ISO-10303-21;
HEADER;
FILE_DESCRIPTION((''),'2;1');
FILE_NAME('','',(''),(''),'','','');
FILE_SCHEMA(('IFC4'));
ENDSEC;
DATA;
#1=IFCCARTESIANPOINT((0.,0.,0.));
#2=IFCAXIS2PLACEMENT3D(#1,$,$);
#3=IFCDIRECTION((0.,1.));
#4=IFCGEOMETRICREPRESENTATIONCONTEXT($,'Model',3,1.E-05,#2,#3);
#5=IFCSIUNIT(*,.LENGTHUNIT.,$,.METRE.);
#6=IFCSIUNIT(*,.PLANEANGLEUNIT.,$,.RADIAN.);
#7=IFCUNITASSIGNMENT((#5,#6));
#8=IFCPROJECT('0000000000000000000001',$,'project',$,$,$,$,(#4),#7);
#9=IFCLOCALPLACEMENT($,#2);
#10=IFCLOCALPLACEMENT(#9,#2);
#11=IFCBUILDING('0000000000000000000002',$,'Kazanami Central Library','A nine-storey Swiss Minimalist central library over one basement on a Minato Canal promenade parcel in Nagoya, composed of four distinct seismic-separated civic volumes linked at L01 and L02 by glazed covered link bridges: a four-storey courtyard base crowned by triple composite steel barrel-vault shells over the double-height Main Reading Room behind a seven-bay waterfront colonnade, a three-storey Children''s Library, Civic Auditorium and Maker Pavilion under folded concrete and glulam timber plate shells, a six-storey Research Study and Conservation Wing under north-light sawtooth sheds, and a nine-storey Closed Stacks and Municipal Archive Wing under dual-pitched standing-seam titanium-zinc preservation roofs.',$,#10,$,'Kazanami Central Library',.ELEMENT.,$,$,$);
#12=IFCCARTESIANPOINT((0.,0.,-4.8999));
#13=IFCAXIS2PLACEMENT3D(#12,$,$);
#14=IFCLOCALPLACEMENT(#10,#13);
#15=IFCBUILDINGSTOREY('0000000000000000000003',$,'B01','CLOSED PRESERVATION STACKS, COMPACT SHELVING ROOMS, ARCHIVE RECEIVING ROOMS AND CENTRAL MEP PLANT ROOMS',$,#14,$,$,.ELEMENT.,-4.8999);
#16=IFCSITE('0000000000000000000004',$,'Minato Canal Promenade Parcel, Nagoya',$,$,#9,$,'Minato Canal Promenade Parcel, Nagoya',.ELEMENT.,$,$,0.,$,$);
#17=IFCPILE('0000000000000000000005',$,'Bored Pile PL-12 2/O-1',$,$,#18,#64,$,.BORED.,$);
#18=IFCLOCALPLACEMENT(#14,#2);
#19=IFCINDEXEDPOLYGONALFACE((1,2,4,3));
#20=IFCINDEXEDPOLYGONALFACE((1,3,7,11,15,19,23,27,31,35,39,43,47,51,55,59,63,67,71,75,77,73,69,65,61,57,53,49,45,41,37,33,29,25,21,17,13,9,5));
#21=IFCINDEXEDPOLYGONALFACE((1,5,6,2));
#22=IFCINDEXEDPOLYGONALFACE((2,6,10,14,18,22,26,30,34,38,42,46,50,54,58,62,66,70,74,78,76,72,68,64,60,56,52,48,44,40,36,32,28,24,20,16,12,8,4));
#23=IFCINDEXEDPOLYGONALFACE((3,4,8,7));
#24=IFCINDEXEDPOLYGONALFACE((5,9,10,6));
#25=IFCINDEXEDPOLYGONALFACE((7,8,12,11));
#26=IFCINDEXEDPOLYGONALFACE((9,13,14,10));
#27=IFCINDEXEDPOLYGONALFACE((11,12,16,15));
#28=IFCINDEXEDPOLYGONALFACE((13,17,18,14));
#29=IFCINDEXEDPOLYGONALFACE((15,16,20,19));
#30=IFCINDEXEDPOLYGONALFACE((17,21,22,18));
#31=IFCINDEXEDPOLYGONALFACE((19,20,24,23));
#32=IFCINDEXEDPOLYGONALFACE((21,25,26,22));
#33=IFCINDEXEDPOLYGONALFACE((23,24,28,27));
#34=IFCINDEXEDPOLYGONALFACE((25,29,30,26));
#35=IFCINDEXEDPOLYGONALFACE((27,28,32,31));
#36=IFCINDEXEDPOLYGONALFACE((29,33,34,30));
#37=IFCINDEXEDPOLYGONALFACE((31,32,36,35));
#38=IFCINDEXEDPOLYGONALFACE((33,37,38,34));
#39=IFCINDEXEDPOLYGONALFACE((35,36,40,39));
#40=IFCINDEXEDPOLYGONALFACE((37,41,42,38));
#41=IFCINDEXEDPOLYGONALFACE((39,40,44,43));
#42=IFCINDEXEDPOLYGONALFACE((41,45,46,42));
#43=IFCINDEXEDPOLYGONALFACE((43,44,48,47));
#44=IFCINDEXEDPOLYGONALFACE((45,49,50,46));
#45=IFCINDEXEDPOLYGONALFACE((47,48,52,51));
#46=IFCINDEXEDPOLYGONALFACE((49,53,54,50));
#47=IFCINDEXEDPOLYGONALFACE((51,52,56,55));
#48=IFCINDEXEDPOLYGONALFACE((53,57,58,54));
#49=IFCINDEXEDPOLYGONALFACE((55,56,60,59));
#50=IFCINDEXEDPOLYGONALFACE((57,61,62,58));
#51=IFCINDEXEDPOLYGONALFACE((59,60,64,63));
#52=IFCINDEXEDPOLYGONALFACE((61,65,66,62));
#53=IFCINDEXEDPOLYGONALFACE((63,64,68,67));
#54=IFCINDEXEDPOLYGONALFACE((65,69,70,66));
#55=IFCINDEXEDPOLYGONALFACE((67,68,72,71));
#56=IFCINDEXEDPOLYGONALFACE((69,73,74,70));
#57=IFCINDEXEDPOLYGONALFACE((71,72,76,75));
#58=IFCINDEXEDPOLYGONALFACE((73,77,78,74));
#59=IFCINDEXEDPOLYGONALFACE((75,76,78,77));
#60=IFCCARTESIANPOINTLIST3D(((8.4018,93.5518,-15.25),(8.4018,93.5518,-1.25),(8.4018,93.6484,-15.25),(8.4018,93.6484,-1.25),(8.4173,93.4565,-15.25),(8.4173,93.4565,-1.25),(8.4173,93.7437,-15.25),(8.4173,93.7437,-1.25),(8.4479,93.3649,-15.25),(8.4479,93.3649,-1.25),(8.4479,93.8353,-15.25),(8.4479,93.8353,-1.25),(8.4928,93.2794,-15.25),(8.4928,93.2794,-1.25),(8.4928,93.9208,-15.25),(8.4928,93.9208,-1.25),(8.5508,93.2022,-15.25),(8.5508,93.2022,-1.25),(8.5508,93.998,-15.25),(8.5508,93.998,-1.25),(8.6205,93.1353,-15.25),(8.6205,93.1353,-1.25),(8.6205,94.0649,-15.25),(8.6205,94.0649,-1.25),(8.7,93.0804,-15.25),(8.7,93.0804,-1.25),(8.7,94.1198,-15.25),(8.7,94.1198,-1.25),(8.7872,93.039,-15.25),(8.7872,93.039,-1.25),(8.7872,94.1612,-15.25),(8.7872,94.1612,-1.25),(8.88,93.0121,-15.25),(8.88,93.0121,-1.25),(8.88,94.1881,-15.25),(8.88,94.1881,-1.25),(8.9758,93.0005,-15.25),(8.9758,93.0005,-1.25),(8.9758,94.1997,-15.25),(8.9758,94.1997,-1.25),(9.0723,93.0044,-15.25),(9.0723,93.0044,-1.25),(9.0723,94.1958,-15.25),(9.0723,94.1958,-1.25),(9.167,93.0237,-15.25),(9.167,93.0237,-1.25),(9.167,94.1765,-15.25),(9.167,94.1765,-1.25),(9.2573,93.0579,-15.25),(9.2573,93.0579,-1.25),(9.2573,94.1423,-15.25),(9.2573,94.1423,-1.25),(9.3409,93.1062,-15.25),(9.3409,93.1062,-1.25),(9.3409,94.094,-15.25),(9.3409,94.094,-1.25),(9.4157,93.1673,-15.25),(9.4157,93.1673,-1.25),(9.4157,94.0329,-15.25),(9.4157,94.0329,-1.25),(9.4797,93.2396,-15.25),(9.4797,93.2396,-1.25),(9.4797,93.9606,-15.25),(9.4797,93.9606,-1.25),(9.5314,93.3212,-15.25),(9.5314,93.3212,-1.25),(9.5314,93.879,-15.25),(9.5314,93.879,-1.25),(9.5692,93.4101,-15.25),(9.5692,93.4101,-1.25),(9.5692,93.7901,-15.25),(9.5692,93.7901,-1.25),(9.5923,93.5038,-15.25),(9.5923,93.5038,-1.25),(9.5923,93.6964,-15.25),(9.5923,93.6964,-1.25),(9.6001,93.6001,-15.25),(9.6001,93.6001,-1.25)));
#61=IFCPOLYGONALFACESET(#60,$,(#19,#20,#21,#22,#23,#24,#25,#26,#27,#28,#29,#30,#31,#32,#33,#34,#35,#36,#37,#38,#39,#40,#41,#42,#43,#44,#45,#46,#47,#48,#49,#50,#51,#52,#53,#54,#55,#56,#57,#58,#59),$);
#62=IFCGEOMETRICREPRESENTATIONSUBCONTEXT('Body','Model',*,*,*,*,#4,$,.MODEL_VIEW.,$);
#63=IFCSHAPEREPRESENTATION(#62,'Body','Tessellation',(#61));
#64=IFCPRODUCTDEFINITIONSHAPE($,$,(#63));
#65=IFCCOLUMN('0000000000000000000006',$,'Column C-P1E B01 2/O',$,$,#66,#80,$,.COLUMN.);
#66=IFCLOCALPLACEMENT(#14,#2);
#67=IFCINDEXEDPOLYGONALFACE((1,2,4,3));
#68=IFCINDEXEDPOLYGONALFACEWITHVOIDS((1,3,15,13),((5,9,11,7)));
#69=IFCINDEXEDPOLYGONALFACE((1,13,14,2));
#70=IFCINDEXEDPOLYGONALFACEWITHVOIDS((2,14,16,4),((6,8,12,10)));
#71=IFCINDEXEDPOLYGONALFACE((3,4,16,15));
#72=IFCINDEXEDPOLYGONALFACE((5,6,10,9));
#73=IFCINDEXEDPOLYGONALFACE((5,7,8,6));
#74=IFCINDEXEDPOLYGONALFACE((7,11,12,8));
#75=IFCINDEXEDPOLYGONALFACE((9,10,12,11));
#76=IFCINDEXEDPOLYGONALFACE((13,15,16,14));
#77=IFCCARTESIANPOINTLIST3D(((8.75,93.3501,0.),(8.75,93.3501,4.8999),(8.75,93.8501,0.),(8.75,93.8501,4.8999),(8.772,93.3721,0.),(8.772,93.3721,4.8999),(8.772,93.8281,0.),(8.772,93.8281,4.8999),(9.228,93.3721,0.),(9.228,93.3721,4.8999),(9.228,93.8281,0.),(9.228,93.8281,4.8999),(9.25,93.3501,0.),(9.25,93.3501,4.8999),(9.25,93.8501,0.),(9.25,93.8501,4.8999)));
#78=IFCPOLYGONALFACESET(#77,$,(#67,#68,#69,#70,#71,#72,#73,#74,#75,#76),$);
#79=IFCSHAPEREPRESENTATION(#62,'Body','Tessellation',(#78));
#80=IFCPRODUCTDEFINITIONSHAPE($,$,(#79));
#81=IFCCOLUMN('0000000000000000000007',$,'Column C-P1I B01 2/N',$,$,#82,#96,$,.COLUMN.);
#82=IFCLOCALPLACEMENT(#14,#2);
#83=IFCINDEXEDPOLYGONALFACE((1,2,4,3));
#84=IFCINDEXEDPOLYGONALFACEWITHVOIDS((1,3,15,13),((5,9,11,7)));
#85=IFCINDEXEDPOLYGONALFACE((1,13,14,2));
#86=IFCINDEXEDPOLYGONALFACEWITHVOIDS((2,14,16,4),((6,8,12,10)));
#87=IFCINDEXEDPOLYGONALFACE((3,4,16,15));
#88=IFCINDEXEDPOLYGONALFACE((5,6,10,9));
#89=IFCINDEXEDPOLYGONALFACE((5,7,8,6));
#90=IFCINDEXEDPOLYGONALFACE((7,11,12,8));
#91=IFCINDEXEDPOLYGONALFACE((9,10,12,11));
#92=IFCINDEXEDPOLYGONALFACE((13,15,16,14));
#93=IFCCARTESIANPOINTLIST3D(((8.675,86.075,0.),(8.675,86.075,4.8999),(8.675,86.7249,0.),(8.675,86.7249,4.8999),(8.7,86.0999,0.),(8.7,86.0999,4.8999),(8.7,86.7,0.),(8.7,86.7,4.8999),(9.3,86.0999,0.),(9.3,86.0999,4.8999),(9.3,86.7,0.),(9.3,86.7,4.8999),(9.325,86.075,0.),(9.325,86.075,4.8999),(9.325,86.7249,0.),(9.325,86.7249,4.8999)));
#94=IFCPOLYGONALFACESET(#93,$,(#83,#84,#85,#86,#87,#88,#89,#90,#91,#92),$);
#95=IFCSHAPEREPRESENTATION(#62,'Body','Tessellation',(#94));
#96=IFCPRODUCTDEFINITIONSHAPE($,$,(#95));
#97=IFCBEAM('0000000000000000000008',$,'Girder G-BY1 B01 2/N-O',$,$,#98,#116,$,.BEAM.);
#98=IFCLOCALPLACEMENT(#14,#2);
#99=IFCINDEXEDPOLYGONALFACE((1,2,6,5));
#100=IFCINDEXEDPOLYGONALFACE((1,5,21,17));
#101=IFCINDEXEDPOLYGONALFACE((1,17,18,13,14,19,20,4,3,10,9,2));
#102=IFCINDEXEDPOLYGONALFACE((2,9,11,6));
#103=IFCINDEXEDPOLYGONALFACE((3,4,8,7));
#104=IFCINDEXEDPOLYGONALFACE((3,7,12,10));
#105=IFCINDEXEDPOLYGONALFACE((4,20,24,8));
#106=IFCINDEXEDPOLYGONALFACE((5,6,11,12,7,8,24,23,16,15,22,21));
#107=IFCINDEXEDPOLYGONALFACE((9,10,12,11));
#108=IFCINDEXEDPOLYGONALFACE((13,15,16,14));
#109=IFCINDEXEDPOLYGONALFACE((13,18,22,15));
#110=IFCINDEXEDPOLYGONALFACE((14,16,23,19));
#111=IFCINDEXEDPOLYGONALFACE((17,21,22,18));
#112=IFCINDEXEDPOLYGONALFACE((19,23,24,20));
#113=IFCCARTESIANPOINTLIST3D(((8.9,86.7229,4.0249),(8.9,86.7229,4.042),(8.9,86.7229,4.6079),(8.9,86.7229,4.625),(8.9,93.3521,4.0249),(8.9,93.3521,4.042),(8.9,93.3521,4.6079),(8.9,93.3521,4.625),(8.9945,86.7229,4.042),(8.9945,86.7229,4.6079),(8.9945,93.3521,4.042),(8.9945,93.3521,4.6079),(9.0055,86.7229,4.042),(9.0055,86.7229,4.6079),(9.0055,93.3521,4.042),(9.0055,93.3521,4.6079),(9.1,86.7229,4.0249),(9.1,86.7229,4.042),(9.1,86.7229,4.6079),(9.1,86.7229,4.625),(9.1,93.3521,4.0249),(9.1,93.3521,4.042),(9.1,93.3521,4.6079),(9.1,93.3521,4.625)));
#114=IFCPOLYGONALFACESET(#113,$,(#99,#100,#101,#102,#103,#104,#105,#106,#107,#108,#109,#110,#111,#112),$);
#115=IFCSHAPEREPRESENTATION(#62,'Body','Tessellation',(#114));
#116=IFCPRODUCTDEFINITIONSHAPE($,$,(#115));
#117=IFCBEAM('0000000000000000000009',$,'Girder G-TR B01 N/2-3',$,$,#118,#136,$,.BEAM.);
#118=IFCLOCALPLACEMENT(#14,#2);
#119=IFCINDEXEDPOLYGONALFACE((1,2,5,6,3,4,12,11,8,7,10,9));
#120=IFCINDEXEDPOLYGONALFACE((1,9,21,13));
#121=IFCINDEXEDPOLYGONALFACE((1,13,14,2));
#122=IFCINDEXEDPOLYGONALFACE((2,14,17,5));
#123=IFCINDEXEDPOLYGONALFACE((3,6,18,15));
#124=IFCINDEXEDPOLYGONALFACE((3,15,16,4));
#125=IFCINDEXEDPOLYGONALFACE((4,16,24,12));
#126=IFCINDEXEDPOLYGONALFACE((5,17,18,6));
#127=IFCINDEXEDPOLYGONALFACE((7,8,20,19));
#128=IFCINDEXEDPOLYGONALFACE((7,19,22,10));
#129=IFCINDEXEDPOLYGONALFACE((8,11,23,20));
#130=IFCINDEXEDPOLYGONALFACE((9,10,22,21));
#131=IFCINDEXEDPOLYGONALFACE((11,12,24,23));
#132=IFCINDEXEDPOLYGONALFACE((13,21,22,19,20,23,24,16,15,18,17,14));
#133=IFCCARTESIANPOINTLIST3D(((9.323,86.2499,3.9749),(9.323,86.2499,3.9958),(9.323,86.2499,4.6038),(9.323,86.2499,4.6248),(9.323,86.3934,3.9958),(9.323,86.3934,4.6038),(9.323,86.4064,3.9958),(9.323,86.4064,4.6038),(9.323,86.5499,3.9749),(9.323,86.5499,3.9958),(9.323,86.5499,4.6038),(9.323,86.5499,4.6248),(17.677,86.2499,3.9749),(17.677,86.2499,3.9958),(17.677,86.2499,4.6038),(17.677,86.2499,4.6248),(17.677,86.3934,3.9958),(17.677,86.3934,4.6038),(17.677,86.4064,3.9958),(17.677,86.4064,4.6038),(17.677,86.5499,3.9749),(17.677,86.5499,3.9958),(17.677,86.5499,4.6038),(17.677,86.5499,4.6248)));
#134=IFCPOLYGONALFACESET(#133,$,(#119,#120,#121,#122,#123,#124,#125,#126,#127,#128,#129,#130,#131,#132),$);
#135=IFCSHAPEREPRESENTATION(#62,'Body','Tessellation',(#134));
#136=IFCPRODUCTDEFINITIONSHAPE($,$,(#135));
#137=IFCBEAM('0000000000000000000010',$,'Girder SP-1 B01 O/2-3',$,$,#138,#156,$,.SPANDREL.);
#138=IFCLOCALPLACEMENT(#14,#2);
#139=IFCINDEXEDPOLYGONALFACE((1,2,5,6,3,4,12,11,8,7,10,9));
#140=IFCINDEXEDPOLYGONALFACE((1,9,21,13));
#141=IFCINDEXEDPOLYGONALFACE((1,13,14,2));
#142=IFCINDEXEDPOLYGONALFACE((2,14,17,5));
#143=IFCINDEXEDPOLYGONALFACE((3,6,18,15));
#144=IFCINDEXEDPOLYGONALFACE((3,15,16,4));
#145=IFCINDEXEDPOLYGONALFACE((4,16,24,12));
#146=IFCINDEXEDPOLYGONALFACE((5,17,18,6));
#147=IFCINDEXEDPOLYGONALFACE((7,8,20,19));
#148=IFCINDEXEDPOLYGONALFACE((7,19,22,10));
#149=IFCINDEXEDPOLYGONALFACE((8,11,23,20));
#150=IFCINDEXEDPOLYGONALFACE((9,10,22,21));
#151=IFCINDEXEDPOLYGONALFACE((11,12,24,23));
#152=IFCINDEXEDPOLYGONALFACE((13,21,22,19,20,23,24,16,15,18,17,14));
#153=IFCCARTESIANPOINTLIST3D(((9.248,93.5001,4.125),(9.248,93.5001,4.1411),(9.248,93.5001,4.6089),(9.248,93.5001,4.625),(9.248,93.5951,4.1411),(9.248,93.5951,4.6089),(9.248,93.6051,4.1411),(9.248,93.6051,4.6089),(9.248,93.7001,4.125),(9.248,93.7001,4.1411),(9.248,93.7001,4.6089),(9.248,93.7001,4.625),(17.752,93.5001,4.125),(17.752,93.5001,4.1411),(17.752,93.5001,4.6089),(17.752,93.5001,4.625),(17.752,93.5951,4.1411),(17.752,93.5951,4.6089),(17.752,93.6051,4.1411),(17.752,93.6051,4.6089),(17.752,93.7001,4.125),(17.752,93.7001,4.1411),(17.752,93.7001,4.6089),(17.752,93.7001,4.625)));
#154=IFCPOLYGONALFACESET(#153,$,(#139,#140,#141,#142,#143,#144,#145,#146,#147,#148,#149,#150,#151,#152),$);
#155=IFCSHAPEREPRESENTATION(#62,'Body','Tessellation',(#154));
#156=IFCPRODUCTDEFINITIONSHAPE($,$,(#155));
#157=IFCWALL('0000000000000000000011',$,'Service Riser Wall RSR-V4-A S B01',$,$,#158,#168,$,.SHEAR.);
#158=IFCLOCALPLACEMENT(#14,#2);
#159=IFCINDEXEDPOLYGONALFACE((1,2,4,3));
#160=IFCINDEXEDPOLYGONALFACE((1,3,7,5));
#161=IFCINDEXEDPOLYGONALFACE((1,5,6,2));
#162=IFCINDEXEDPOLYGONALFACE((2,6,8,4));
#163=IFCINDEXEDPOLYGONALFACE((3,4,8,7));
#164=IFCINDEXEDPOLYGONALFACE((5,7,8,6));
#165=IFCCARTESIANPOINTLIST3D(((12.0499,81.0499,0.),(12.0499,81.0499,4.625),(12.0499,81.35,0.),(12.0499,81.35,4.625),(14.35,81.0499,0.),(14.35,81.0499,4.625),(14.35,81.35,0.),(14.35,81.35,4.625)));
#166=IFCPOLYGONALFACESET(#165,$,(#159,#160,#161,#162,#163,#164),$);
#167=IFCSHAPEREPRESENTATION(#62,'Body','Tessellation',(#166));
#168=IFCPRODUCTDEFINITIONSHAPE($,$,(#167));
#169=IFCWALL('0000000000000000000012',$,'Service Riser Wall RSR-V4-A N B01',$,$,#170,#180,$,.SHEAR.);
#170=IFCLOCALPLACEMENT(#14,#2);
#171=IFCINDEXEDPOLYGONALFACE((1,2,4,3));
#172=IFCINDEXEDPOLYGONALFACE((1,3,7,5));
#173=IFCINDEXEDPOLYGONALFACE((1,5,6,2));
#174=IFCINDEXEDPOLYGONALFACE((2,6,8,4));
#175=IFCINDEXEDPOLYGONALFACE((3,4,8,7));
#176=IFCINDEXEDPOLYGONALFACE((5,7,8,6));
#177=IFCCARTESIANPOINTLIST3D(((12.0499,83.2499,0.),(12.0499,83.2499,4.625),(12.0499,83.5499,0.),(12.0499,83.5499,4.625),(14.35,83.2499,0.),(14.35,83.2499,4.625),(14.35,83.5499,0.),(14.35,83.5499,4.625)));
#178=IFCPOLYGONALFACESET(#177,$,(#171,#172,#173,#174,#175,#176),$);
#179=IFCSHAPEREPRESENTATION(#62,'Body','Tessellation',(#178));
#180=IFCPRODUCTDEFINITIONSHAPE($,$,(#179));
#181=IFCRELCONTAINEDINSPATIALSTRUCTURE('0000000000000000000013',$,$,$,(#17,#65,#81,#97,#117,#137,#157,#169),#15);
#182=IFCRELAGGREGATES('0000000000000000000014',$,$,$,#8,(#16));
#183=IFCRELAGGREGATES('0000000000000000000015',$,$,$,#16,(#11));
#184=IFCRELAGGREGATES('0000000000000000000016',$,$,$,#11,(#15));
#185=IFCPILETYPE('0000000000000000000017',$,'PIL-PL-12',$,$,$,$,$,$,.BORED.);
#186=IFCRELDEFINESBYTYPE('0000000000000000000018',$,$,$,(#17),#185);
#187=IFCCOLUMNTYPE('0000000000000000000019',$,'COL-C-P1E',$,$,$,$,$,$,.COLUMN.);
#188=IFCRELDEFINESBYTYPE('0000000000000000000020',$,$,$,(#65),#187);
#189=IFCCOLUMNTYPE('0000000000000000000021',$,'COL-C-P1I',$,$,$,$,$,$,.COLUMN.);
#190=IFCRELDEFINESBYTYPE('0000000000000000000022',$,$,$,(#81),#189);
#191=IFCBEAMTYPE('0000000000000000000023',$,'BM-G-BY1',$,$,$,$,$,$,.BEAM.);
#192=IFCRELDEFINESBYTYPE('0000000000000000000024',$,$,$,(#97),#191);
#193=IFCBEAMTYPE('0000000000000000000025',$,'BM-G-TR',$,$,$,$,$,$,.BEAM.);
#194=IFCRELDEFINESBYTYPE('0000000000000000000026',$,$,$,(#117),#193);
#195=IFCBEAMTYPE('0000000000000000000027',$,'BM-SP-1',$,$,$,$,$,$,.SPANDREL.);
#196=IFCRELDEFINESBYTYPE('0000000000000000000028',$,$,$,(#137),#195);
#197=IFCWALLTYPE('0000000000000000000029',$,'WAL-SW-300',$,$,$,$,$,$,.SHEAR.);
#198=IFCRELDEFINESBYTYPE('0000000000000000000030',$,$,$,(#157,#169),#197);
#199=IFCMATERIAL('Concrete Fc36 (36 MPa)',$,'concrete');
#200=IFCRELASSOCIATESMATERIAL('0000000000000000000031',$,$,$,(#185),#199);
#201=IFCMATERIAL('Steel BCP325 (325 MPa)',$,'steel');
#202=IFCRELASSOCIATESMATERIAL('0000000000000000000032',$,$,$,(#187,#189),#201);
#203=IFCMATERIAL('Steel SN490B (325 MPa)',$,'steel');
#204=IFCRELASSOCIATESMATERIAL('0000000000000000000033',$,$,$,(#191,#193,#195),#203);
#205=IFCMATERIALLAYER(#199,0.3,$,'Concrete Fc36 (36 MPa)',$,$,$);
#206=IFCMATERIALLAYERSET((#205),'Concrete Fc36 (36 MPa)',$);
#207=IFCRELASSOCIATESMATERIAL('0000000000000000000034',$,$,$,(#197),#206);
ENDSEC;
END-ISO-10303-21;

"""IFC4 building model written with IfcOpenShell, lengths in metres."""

from ifc_helpers import new_model, si_unit, direction, frame, frame_2d, origin, origin_2d, place, context, subcontext, project, spatial, rectangle, hollow_rectangle, circle, i_section, extrude, material, layer, layer_set, material_profile, profile_set, type_object, element, save


model = new_model("IFC4")

# Units and contexts
model_context = context("Model", 3, precision=1e-05, world=origin(), true_north=direction((0.0, 1.0)))
body_context = subcontext(model_context, "Body", "Model", "MODEL_VIEW")
ifc_project = project(units=[si_unit("LENGTHUNIT", "METRE"), si_unit("PLANEANGLEUNIT", "RADIAN")], contexts=[model_context])

# Site, building, storey
site_placement = place(None, origin())
site = spatial("IfcSite", under=ifc_project, at=site_placement, Name="Minato Canal Promenade Parcel, Nagoya", LongName="Minato Canal Promenade Parcel, Nagoya", CompositionType="ELEMENT", RefElevation=0.0)
building_placement = place(site_placement, origin())
building = spatial("IfcBuilding", under=site, at=building_placement, Name="Kazanami Central Library", Description="A nine-storey Swiss Minimalist central library over one basement on a Minato Canal promenade parcel in Nagoya, composed of four distinct seismic-separated civic volumes linked at L01 and L02 by glazed covered link bridges: a four-storey courtyard base crowned by triple composite steel barrel-vault shells over the double-height Main Reading Room behind a seven-bay waterfront colonnade, a three-storey Children's Library, Civic Auditorium and Maker Pavilion under folded concrete and glulam timber plate shells, a six-storey Research Study and Conservation Wing under north-light sawtooth sheds, and a nine-storey Closed Stacks and Municipal Archive Wing under dual-pitched standing-seam titanium-zinc preservation roofs.", LongName="Kazanami Central Library", CompositionType="ELEMENT")
storey_placement = place(building_placement, frame((0.0, 0.0, -4.8999)))
storey = spatial("IfcBuildingStorey", under=building, at=storey_placement, Name="B01", Description="CLOSED PRESERVATION STACKS, COMPACT SHELVING ROOMS, ARCHIVE RECEIVING ROOMS AND CENTRAL MEP PLANT ROOMS", CompositionType="ELEMENT", Elevation=-4.8999)

# Shared definitions
ifc_material_1 = material(Name="Concrete Fc36 (36 MPa)", Category="concrete")

# Pile
ifc_material_profile_1 = material_profile(ifc_material_1, circle(Radius=0.6001, at=origin_2d()), Name="BORED-D1200")
ifc_profile_set_1 = profile_set([ifc_material_profile_1], Name="Concrete Fc36 (36 MPa)")
pile_type = type_object("IfcPileType", Name="PIL-PL-12", PredefinedType="BORED", material=ifc_profile_set_1)
pile_placement = place(storey_placement, frame((9.0, 93.6001, -1.25), z_axis=(0.0, 0.0, -1.0), x_axis=(1.0, 0.0, 0.0)))
element("IfcPile", 1, at=pile_placement, inside=storey, type_object=pile_type, Name="Bored Pile PL-12 2/O-1", PredefinedType="BORED", context=body_context, shape_type="SweptSolid", body=[
    extrude(circle(Radius=0.6001, at=origin_2d()), origin(), (0.0, 0.0, 1.0), 14.0),
])

# Columns
ifc_material_2 = material(Name="Steel BCP325 (325 MPa)", Category="steel")
ifc_material_profile_2 = material_profile(ifc_material_2, hollow_rectangle(XDim=0.5, YDim=0.5, WallThickness=0.022, at=origin_2d()), Name="BCP-500x500x22")
ifc_profile_set_2 = profile_set([ifc_material_profile_2], Name="Steel BCP325 (325 MPa)")
column_type_1 = type_object("IfcColumnType", Name="COL-C-P1E", PredefinedType="COLUMN", material=ifc_profile_set_2)
column_1_placement = place(storey_placement, frame((9.0, 93.6001, 0.0), z_axis=(0.0, 0.0, 1.0), x_axis=(1.0, 0.0, 0.0)))
element("IfcColumn", 2, at=column_1_placement, inside=storey, type_object=column_type_1, Name="Column C-P1E B01 2/O", PredefinedType="COLUMN", context=body_context, shape_type="SweptSolid", body=[
    extrude(hollow_rectangle(XDim=0.5, YDim=0.5, WallThickness=0.022, at=origin_2d()), origin(), (0.0, 0.0, 1.0), 4.8999),
])
ifc_material_profile_3 = material_profile(ifc_material_2, hollow_rectangle(XDim=0.6499, YDim=0.6499, WallThickness=0.0249, at=origin_2d()), Name="BCP-650x650x25")
ifc_profile_set_3 = profile_set([ifc_material_profile_3], Name="Steel BCP325 (325 MPa)")
column_type_2 = type_object("IfcColumnType", Name="COL-C-P1I", PredefinedType="COLUMN", material=ifc_profile_set_3)
column_2_placement = place(storey_placement, frame((9.0, 86.3999, 0.0), z_axis=(0.0, 0.0, 1.0), x_axis=(1.0, 0.0, 0.0)))
element("IfcColumn", 3, at=column_2_placement, inside=storey, type_object=column_type_2, Name="Column C-P1I B01 2/N", PredefinedType="COLUMN", context=body_context, shape_type="SweptSolid", body=[
    extrude(hollow_rectangle(XDim=0.6499, YDim=0.6499, WallThickness=0.0249, at=origin_2d()), origin(), (0.0, 0.0, 1.0), 4.8999),
])

# Beams
ifc_material_3 = material(Name="Steel SN490B (325 MPa)", Category="steel")
ifc_material_profile_4 = material_profile(ifc_material_3, i_section(OverallWidth=0.2, OverallDepth=0.6001, WebThickness=0.011, FlangeThickness=0.0171, at=origin_2d()), Name="H-600x200x11x17")
ifc_profile_set_4 = profile_set([ifc_material_profile_4], Name="Steel SN490B (325 MPa)")
beam_type_1 = type_object("IfcBeamType", Name="BM-G-BY1", PredefinedType="BEAM", material=ifc_profile_set_4)
beam_1_placement = place(storey_placement, frame((9.0, 86.7229, 4.325), z_axis=(0.0, 1.0, 0.0), x_axis=(-1.0, 0.0, 0.0)))
element("IfcBeam", 4, at=beam_1_placement, inside=storey, type_object=beam_type_1, Name="Girder G-BY1 B01 2/N-O", PredefinedType="BEAM", context=body_context, shape_type="SweptSolid", body=[
    extrude(i_section(OverallWidth=0.2, OverallDepth=0.6001, WebThickness=0.011, FlangeThickness=0.0171, at=origin_2d()), origin(), (0.0, 0.0, 1.0), 6.6292),
])
ifc_material_profile_5 = material_profile(ifc_material_3, i_section(OverallWidth=0.3, OverallDepth=0.6499, WebThickness=0.0129, FlangeThickness=0.021, at=origin_2d()), Name="H-650x300x13x21")
ifc_profile_set_5 = profile_set([ifc_material_profile_5], Name="Steel SN490B (325 MPa)")
beam_type_2 = type_object("IfcBeamType", Name="BM-G-TR", PredefinedType="BEAM", material=ifc_profile_set_5)
beam_2_placement = place(storey_placement, frame((9.323, 86.3999, 4.2998), z_axis=(1.0, 0.0, 0.0), x_axis=(0.0, 1.0, 0.0)))
element("IfcBeam", 5, at=beam_2_placement, inside=storey, type_object=beam_type_2, Name="Girder G-TR B01 N/2-3", PredefinedType="BEAM", context=body_context, shape_type="SweptSolid", body=[
    extrude(i_section(OverallWidth=0.3, OverallDepth=0.6499, WebThickness=0.0129, FlangeThickness=0.021, at=origin_2d()), origin(), (0.0, 0.0, 1.0), 8.354),
])
ifc_material_profile_6 = material_profile(ifc_material_3, i_section(OverallWidth=0.2, OverallDepth=0.5, WebThickness=0.01, FlangeThickness=0.0161, at=origin_2d()), Name="H-500x200x10x16")
ifc_profile_set_6 = profile_set([ifc_material_profile_6], Name="Steel SN490B (325 MPa)")
beam_type_3 = type_object("IfcBeamType", Name="BM-SP-1", PredefinedType="SPANDREL", material=ifc_profile_set_6)
beam_3_placement = place(storey_placement, frame((9.248, 93.6001, 4.375), z_axis=(1.0, 0.0, 0.0), x_axis=(0.0, 1.0, 0.0)))
element("IfcBeam", 6, at=beam_3_placement, inside=storey, type_object=beam_type_3, Name="Girder SP-1 B01 O/2-3", PredefinedType="SPANDREL", context=body_context, shape_type="SweptSolid", body=[
    extrude(i_section(OverallWidth=0.2, OverallDepth=0.5, WebThickness=0.01, FlangeThickness=0.0161, at=origin_2d()), origin(), (0.0, 0.0, 1.0), 8.5039),
])

# Walls
ifc_layer_1 = layer(ifc_material_1, 0.3, Name="Concrete Fc36 (36 MPa)")
ifc_layer_set_1 = layer_set([ifc_layer_1], Name="Concrete Fc36 (36 MPa)")
wall_type_1 = type_object("IfcWallType", Name="WAL-SW-300", PredefinedType="SHEAR", material=ifc_layer_set_1)
for number, where, z_axis, x_axis, name in (
    (7, (12.05, 81.2, 0.0), (0.0, 0.0, 1.0), (1.0, 0.0, 0.0), "Service Riser Wall RSR-V4-A S B01"),
    (8, (12.05, 83.3999, 0.0), (0.0, 0.0, 1.0), (1.0, 0.0, 0.0), "Service Riser Wall RSR-V4-A N B01"),
):
    element("IfcWall", number, at=place(storey_placement, frame(where, z_axis=z_axis, x_axis=x_axis)), inside=storey, type_object=wall_type_1, Name=name, PredefinedType="SHEAR", context=body_context, shape_type="SweptSolid", body=[
        extrude(rectangle(XDim=2.3, YDim=0.3, at=frame_2d((1.1499, 0.0))), origin(), (0.0, 0.0, 1.0), 4.625),
    ])

save(model, "model.ifc")
